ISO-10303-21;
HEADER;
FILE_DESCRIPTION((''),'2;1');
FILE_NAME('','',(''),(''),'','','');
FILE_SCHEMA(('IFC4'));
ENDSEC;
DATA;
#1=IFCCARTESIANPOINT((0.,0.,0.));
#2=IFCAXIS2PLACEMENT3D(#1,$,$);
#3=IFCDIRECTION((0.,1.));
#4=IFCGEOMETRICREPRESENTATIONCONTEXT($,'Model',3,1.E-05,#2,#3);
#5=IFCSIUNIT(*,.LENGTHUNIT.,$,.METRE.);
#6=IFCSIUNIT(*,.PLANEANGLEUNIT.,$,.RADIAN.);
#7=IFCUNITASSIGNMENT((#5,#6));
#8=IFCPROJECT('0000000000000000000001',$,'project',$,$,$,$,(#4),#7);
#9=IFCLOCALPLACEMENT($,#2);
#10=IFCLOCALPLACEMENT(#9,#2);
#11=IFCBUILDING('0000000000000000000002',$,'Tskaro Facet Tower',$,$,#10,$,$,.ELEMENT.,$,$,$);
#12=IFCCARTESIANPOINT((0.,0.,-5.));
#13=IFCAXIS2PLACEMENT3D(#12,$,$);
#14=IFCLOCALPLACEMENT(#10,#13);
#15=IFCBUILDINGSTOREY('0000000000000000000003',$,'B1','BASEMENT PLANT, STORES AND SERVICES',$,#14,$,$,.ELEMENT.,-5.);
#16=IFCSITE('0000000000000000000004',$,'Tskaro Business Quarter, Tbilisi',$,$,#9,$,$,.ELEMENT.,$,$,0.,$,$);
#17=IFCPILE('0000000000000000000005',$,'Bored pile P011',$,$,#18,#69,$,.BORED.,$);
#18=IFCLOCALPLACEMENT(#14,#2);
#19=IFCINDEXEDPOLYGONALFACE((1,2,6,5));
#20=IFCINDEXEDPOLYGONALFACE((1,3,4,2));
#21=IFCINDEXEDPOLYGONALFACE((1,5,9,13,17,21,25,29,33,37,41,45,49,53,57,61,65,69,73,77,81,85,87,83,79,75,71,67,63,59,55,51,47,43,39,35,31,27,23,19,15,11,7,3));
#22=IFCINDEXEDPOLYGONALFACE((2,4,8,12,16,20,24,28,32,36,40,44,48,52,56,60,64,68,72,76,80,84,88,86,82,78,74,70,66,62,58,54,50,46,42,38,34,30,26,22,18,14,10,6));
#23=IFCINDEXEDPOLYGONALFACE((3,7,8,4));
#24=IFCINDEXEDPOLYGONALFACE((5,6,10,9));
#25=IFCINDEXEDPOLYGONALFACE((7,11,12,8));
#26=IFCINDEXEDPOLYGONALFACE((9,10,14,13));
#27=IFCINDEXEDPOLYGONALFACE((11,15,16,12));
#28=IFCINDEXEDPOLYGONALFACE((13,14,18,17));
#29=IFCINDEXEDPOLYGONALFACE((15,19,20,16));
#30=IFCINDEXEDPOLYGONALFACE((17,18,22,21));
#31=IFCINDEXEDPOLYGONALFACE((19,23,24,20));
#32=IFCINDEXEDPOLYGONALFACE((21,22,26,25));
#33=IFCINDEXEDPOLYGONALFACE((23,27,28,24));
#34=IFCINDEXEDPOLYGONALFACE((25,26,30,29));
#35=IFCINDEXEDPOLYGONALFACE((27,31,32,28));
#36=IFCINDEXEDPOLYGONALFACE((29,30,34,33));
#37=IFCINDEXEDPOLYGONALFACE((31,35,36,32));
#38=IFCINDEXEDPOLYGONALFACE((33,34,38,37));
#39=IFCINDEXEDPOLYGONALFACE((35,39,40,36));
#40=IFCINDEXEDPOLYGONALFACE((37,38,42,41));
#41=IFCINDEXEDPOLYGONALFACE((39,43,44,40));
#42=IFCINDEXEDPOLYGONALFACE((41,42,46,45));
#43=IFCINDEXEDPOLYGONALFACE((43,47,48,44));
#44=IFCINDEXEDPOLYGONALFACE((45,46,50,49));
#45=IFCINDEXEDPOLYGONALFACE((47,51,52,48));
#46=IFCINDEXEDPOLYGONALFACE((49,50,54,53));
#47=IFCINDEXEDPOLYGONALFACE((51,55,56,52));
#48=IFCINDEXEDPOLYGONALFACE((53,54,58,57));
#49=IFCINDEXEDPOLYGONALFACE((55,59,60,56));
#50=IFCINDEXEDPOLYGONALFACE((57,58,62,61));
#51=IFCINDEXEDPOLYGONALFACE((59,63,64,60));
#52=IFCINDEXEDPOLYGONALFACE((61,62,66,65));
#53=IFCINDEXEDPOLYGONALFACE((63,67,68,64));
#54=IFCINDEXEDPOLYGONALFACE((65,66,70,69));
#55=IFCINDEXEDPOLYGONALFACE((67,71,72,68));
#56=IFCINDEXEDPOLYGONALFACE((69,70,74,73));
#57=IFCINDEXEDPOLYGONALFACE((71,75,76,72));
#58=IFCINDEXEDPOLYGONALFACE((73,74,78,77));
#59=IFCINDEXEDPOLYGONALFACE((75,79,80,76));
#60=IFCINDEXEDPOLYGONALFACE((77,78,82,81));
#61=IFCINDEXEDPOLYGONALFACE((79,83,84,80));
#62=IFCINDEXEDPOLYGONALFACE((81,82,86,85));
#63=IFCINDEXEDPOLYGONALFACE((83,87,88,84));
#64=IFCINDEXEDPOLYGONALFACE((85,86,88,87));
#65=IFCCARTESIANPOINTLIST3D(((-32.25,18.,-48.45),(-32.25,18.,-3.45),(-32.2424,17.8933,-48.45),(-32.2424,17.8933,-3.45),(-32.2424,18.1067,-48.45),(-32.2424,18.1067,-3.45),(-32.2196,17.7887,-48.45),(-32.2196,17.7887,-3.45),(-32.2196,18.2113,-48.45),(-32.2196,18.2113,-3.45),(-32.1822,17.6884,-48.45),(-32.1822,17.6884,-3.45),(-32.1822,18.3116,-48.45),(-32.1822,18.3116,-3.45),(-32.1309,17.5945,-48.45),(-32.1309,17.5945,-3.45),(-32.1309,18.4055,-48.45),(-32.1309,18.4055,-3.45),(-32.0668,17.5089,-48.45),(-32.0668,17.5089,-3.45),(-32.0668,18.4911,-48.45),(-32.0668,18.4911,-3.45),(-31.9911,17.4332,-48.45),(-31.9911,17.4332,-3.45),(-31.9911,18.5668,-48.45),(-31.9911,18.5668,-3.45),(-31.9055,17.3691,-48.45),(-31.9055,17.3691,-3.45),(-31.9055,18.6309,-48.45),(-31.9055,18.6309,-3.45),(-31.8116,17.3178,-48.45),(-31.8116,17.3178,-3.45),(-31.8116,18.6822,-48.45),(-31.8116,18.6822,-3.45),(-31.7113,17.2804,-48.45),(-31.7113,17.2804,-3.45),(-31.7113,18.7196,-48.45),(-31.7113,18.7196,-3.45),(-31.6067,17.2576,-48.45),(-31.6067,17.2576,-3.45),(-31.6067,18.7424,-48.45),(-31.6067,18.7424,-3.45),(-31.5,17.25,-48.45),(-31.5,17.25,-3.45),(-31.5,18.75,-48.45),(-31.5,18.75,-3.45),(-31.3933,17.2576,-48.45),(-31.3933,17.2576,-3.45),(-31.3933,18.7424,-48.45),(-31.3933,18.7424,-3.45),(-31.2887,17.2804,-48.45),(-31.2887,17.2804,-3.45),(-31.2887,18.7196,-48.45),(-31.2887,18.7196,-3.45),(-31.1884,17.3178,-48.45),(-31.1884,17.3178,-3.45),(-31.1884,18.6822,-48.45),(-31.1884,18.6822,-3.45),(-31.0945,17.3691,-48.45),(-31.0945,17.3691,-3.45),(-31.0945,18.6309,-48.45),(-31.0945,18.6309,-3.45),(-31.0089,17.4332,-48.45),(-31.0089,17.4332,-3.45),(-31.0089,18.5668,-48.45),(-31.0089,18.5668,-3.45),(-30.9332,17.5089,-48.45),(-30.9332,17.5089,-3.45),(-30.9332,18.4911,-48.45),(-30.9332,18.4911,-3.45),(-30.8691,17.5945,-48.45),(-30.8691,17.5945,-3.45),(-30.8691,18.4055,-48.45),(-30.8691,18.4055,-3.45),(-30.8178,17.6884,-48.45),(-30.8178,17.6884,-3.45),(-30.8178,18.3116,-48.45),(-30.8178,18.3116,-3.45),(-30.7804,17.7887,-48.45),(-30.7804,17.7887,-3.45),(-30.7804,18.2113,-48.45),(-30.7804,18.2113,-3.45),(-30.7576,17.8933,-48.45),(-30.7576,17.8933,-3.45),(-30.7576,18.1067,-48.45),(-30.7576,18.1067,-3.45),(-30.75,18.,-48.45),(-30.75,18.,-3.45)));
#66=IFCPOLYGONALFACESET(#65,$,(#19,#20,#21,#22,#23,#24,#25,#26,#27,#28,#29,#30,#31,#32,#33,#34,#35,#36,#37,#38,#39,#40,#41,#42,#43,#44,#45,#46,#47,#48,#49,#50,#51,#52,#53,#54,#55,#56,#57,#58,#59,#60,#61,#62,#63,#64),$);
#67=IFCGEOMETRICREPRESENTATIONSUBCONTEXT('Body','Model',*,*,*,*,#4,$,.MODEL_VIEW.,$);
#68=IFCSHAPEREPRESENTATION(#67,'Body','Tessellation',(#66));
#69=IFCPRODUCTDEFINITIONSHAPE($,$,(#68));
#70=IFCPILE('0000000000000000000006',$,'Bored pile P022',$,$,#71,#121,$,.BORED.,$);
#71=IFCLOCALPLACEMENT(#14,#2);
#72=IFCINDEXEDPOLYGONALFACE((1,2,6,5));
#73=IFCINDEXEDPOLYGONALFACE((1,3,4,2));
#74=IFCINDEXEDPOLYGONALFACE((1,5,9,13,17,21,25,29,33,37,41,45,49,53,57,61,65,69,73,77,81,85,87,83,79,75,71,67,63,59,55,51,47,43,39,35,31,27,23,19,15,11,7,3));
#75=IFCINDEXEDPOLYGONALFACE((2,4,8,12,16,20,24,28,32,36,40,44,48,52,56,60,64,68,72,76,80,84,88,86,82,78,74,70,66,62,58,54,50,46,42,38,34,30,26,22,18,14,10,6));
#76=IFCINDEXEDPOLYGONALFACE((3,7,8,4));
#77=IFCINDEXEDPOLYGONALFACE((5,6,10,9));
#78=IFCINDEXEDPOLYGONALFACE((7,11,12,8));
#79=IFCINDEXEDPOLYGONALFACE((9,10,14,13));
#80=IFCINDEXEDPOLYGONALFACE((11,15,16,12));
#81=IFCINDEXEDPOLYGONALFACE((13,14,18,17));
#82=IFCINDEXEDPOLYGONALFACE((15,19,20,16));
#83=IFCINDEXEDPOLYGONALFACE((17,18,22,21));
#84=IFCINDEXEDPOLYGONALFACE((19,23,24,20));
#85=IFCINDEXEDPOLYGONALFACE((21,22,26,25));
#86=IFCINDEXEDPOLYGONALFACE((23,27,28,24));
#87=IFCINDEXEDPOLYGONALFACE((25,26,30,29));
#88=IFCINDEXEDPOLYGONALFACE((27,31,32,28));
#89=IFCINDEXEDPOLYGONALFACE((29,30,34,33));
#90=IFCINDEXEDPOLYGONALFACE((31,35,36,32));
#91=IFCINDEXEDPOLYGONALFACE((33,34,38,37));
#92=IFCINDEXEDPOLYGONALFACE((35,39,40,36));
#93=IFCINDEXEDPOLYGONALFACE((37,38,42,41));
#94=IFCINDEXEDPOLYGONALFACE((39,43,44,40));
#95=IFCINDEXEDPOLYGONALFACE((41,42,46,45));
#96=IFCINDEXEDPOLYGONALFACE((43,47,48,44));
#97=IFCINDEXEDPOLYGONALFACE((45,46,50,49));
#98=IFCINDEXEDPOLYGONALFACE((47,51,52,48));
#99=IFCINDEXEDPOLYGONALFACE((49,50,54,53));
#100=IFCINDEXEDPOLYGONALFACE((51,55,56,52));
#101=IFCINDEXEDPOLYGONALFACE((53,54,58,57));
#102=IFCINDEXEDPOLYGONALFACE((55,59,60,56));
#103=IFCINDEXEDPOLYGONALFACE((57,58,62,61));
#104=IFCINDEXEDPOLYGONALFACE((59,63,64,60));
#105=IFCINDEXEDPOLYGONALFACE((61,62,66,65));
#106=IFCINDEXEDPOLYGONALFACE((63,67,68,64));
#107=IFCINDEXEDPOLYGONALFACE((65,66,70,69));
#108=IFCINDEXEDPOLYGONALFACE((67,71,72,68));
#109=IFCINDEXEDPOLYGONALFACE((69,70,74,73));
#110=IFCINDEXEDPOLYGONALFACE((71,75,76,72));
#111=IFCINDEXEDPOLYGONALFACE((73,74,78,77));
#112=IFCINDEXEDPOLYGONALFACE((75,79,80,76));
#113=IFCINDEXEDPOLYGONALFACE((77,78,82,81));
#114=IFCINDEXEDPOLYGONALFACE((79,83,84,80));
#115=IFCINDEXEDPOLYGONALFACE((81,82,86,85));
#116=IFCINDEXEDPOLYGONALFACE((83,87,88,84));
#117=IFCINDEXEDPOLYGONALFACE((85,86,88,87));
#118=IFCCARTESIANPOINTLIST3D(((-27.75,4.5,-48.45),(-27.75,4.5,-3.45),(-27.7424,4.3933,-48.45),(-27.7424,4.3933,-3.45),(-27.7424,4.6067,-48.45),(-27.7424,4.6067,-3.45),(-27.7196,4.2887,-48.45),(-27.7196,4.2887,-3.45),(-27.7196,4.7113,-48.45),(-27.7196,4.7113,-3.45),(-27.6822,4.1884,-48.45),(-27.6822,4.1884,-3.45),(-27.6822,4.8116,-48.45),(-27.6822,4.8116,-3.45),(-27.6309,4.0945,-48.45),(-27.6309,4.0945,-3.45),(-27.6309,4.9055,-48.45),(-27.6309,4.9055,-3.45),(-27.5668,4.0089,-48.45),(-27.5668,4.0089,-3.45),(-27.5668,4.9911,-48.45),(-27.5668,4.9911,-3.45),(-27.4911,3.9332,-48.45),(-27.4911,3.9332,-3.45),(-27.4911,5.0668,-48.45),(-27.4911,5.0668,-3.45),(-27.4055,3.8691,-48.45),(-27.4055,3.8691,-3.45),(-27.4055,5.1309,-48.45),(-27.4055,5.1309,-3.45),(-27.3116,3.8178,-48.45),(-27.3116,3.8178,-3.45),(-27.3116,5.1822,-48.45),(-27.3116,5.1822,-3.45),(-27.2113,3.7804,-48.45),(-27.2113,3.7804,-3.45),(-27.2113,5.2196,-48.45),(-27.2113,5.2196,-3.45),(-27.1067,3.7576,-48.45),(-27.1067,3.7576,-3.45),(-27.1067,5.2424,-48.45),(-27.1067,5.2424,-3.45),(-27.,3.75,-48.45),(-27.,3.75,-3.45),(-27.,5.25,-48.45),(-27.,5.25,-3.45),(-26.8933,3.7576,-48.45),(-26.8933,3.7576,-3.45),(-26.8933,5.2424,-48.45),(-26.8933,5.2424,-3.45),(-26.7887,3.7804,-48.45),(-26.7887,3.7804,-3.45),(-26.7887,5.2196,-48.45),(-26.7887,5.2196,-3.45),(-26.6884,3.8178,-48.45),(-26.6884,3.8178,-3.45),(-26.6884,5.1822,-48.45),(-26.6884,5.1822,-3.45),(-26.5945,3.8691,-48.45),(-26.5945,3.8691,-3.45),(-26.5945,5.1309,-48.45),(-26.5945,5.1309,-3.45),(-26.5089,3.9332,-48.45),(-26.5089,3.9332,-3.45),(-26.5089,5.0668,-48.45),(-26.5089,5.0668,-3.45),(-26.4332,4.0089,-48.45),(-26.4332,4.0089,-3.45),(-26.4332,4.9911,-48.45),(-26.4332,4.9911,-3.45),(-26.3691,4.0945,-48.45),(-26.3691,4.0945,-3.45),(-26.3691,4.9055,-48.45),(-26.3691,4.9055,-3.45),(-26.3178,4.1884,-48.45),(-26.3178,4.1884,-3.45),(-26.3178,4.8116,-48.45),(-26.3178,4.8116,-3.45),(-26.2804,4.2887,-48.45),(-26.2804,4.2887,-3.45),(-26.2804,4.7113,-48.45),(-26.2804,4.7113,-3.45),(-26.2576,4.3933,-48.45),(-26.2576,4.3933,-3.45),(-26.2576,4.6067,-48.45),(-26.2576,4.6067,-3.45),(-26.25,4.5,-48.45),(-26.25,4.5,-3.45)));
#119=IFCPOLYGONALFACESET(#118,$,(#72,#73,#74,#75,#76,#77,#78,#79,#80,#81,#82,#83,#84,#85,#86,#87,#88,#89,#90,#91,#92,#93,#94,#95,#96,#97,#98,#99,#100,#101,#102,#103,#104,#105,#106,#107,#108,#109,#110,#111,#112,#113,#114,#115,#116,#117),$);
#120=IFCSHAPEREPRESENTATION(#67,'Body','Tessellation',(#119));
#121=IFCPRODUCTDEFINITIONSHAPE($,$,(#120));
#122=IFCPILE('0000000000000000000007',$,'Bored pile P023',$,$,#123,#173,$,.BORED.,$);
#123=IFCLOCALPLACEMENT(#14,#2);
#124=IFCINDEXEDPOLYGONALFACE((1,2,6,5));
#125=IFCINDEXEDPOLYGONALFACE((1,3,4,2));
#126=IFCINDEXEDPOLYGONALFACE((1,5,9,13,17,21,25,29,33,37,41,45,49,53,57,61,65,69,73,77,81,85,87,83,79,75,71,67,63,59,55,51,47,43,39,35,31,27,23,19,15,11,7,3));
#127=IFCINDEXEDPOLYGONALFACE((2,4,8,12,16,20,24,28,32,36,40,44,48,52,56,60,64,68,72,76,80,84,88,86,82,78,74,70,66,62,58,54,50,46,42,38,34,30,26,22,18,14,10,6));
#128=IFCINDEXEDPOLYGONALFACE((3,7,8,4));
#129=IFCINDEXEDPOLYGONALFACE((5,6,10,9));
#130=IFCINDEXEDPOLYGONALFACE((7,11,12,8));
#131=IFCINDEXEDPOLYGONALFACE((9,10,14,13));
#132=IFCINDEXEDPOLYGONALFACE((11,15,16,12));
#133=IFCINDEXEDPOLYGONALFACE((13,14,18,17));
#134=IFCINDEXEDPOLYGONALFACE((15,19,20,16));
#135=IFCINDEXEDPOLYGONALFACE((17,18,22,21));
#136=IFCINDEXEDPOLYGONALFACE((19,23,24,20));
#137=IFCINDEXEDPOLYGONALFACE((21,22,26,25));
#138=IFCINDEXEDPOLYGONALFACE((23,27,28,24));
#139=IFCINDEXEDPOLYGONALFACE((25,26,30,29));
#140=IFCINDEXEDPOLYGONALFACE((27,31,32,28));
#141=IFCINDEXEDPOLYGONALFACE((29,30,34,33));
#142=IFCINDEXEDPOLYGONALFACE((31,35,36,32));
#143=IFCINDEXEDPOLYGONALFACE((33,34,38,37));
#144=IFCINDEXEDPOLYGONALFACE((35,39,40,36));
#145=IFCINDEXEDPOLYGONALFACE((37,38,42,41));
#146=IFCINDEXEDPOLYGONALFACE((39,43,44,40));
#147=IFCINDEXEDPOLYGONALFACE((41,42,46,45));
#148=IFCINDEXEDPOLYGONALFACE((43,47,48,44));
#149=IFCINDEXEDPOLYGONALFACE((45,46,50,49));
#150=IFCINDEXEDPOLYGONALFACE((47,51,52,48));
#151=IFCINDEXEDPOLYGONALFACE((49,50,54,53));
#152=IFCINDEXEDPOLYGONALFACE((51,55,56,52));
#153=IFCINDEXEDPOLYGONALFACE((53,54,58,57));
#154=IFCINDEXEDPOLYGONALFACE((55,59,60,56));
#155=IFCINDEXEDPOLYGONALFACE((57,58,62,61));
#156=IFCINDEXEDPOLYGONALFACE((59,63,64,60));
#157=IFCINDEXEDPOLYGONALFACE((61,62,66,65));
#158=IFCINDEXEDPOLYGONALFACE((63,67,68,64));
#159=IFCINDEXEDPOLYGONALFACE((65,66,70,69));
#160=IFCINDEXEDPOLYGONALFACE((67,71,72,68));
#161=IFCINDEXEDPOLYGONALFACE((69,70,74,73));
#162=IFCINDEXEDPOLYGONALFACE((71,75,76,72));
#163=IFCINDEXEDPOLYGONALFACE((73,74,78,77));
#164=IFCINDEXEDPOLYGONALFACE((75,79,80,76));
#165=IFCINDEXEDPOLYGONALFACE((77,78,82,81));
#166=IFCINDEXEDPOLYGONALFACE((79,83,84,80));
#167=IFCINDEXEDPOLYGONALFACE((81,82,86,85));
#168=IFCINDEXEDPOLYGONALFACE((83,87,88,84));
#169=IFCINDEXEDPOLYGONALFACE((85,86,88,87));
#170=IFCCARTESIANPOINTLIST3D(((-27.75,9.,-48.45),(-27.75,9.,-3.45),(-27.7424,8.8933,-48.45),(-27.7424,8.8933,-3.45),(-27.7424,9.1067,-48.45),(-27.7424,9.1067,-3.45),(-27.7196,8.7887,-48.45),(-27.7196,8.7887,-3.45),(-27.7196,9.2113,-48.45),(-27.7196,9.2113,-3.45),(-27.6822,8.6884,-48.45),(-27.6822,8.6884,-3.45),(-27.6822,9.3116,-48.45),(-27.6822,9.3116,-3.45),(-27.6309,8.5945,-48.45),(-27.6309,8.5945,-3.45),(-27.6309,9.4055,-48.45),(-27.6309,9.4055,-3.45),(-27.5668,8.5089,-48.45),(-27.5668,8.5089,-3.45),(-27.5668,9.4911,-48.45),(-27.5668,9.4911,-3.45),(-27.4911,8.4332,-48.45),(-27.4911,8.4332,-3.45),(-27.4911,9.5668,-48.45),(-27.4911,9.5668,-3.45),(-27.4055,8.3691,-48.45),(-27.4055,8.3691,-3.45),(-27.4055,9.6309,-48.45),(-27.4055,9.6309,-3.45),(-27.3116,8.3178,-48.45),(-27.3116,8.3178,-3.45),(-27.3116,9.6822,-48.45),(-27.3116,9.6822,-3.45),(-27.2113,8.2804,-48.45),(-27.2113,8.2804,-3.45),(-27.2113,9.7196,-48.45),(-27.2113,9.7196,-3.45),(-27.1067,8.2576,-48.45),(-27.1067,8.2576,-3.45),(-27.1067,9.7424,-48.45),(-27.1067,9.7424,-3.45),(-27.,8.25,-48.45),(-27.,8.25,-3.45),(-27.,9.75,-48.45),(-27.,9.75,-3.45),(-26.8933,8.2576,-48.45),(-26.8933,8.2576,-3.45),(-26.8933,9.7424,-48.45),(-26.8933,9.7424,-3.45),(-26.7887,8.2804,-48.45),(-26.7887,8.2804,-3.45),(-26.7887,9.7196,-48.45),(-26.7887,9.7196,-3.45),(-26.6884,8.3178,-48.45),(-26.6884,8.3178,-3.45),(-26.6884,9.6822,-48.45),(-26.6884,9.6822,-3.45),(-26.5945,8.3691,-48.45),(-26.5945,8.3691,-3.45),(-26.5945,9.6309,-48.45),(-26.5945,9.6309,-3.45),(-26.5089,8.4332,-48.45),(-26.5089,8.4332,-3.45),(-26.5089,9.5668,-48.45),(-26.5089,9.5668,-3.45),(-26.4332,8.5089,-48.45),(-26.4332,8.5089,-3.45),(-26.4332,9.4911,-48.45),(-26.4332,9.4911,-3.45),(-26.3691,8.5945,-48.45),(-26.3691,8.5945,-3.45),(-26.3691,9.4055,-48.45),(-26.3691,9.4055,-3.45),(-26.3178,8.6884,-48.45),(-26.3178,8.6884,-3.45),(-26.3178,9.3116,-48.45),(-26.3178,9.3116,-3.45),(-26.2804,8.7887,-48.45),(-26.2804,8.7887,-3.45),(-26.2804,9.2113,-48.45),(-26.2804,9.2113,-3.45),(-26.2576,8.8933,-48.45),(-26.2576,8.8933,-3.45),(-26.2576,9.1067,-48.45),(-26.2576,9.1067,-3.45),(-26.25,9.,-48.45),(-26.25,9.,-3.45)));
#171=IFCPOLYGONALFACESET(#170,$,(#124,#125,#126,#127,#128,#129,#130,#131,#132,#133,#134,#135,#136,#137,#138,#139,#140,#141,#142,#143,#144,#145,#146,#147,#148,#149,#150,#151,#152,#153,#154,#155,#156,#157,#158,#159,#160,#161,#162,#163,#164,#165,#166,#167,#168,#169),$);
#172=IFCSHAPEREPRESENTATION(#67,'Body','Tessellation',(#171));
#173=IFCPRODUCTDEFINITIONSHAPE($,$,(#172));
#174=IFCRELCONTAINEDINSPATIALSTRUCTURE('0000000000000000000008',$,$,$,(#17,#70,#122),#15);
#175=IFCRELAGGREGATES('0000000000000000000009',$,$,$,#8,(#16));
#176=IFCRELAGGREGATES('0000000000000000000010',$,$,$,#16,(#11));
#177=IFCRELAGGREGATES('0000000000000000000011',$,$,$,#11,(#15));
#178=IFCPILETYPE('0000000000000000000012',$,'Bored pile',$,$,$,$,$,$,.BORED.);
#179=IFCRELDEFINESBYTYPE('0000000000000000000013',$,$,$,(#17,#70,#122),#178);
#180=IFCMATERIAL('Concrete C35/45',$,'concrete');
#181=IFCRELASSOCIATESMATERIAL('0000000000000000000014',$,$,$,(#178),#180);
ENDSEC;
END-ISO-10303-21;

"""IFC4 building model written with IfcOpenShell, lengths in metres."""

from ifc_helpers import new_model, si_unit, direction, frame, origin, origin_2d, place, context, subcontext, project, spatial, circle, extrude, material, material_profile, profile_set, type_object, element, save


model = new_model("IFC4")

# Units and contexts
model_context = context("Model", 3, precision=1e-05, world=origin(), true_north=direction((0.0, 1.0)))
body_context = subcontext(model_context, "Body", "Model", "MODEL_VIEW")
ifc_project = project(units=[si_unit("LENGTHUNIT", "METRE"), si_unit("PLANEANGLEUNIT", "RADIAN")], contexts=[model_context])

# Site, building, storey
site_placement = place(None, origin())
site = spatial("IfcSite", under=ifc_project, at=site_placement, Name="Tskaro Business Quarter, Tbilisi", CompositionType="ELEMENT", RefElevation=0.0)
building_placement = place(site_placement, origin())
building = spatial("IfcBuilding", under=site, at=building_placement, Name="Tskaro Facet Tower", CompositionType="ELEMENT")
storey_placement = place(building_placement, frame((0.0, 0.0, -5.0)))
storey = spatial("IfcBuildingStorey", under=building, at=storey_placement, Name="B1", Description="BASEMENT PLANT, STORES AND SERVICES", CompositionType="ELEMENT", Elevation=-5.0)

# Piles
ifc_material_1 = material(Name="Concrete C35/45", Category="concrete")
ifc_material_profile_1 = material_profile(ifc_material_1, circle(Radius=0.75, at=origin_2d()), Name="Bored pile")
ifc_profile_set_1 = profile_set([ifc_material_profile_1], Name="Concrete C35/45")
pile_type = type_object("IfcPileType", Name="Bored pile", PredefinedType="BORED", material=ifc_profile_set_1)
for number, where, z_axis, x_axis, name in (
    (1, (-31.5, 18.0, -3.45), (0.0, 0.0, -1.0), (1.0, 0.0, 0.0), "Bored pile P011"),
    (2, (-27.0, 4.5, -3.45), (0.0, 0.0, -1.0), (1.0, 0.0, 0.0), "Bored pile P022"),
    (3, (-27.0, 9.0, -3.45), (0.0, 0.0, -1.0), (1.0, 0.0, 0.0), "Bored pile P023"),
):
    element("IfcPile", number, at=place(storey_placement, frame(where, z_axis=z_axis, x_axis=x_axis)), inside=storey, type_object=pile_type, Name=name, PredefinedType="BORED", context=body_context, shape_type="SweptSolid", body=[
        extrude(circle(Radius=0.75, at=origin_2d()), origin(), (0.0, 0.0, 1.0), 45.0),
    ])

save(model, "model.ifc")
